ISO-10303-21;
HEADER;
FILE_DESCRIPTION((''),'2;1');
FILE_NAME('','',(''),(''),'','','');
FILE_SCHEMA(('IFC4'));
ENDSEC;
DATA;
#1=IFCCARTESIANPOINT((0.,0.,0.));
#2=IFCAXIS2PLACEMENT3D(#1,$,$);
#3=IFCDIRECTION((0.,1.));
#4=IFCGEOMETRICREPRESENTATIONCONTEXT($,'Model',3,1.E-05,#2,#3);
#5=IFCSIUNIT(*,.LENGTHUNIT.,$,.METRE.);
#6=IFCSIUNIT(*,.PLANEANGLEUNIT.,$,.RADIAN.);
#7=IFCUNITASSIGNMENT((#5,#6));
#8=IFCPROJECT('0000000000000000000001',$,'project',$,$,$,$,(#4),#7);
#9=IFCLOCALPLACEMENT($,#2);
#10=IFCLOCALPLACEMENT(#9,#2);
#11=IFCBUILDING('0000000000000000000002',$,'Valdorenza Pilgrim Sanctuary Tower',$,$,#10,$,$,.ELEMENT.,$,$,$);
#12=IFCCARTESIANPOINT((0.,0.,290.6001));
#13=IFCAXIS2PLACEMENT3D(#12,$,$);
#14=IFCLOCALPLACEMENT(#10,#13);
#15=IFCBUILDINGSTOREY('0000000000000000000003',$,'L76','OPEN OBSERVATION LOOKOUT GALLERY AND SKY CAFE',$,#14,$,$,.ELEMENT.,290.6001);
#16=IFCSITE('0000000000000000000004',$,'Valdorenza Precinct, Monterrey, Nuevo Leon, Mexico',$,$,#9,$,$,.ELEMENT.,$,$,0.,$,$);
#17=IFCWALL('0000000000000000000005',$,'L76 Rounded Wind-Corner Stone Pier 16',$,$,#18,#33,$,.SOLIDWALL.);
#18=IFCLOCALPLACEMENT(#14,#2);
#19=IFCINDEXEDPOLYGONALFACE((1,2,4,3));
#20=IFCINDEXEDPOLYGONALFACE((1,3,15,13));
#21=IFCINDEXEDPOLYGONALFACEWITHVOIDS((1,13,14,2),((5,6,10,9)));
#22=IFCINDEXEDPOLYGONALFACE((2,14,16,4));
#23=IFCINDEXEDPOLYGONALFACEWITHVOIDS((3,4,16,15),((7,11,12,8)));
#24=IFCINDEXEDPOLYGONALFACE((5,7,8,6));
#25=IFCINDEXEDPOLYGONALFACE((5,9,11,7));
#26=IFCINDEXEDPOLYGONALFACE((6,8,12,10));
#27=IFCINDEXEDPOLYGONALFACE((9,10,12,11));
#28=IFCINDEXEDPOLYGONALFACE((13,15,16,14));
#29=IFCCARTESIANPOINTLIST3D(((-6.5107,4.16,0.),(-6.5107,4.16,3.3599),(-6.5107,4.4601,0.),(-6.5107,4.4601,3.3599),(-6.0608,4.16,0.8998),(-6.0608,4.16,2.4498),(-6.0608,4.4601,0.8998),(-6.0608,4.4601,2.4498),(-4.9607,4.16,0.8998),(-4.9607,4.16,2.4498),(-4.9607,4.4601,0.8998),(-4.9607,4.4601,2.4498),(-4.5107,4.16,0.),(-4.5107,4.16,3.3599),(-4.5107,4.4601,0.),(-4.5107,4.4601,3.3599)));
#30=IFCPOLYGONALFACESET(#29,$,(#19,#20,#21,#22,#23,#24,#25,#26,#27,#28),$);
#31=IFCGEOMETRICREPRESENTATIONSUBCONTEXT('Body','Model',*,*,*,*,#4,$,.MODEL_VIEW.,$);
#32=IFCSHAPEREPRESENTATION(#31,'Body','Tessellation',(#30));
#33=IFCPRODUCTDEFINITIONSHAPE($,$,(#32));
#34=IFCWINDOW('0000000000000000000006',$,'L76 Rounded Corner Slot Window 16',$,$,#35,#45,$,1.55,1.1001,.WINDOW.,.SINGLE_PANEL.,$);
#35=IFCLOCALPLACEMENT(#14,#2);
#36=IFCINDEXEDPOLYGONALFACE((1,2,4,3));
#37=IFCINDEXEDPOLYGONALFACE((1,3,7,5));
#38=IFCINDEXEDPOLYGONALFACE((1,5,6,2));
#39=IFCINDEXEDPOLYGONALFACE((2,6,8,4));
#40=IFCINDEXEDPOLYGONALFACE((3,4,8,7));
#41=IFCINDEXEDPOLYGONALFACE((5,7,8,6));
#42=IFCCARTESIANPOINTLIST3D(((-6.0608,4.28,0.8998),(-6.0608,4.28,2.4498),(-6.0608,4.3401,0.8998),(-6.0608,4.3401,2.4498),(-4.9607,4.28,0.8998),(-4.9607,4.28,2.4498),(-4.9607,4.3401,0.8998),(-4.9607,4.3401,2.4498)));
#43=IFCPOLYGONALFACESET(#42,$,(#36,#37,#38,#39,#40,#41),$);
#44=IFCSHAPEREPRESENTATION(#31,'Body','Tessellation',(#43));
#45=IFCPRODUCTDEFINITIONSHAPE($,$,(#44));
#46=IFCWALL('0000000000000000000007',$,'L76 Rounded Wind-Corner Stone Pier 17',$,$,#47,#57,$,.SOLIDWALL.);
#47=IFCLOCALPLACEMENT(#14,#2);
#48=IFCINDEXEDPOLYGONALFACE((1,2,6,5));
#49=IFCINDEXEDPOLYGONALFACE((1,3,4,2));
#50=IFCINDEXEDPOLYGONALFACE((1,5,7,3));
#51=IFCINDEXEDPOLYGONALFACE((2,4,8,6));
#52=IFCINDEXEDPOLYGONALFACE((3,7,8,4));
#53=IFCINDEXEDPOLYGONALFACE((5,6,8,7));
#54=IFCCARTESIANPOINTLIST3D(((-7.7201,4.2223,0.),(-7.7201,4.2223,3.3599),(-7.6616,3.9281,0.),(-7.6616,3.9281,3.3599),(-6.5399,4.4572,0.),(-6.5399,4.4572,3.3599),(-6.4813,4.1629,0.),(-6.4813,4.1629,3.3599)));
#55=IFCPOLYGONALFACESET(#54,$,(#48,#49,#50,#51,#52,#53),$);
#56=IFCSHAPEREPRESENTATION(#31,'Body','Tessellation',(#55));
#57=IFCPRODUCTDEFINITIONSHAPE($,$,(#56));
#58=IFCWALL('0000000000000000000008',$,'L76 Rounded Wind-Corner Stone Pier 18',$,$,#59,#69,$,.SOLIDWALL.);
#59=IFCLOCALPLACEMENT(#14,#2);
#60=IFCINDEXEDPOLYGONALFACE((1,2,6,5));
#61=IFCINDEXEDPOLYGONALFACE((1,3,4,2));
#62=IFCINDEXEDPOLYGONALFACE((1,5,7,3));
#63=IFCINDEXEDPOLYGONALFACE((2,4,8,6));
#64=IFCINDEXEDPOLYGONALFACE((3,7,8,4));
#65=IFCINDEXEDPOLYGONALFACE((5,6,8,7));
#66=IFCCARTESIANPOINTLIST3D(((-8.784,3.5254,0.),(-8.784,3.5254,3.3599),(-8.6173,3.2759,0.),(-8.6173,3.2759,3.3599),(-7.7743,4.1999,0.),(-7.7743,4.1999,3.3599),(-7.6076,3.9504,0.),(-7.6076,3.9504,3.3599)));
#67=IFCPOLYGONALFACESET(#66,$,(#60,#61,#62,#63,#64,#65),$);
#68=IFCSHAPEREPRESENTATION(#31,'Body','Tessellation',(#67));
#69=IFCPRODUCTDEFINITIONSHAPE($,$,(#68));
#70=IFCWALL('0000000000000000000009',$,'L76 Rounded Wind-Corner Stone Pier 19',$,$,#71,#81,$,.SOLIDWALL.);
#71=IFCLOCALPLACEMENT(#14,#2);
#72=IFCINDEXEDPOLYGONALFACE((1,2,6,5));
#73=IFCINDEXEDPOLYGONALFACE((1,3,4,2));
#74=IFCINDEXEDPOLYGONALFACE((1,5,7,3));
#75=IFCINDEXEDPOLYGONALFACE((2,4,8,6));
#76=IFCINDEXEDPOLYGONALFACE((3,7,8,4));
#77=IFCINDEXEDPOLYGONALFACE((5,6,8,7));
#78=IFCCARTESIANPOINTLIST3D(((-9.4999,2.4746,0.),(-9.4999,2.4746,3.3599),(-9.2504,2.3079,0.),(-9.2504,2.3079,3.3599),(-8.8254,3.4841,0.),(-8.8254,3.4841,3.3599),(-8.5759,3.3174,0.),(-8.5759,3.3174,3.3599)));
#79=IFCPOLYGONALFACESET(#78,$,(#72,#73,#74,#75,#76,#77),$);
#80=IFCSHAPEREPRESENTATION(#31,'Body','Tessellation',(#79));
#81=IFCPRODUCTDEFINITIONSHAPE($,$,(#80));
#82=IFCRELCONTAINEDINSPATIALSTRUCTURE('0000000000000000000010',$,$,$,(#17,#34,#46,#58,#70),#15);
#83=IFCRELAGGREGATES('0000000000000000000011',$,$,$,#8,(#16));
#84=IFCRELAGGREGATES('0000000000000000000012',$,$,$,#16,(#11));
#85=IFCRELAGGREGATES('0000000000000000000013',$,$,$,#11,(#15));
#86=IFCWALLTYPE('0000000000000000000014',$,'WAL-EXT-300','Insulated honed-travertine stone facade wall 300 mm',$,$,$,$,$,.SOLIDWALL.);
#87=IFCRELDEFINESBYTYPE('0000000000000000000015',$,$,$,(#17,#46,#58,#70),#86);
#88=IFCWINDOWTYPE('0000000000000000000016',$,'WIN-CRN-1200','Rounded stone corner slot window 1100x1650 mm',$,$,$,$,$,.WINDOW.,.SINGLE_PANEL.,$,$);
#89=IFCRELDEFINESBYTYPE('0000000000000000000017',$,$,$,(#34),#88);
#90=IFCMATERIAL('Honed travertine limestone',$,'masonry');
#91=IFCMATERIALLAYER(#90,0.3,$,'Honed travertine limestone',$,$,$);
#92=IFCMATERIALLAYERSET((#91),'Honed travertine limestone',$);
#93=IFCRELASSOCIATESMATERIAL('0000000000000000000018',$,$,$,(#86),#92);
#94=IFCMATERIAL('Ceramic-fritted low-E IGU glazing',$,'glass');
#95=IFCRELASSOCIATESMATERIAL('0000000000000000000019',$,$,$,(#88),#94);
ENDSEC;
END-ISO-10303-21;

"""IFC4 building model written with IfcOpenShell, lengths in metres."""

from ifc_helpers import new_model, si_unit, direction, frame, frame_2d, origin, place, context, subcontext, project, spatial, rectangle, extrude, material, layer, layer_set, type_object, element, fill, save


model = new_model("IFC4")

# Units and contexts
model_context = context("Model", 3, precision=1e-05, world=origin(), true_north=direction((0.0, 1.0)))
body_context = subcontext(model_context, "Body", "Model", "MODEL_VIEW")
ifc_project = project(units=[si_unit("LENGTHUNIT", "METRE"), si_unit("PLANEANGLEUNIT", "RADIAN")], contexts=[model_context])

# Site, building, storey
site_placement = place(None, origin())
site = spatial("IfcSite", under=ifc_project, at=site_placement, Name="Valdorenza Precinct, Monterrey, Nuevo Leon, Mexico", CompositionType="ELEMENT", RefElevation=0.0)
building_placement = place(site_placement, origin())
building = spatial("IfcBuilding", under=site, at=building_placement, Name="Valdorenza Pilgrim Sanctuary Tower", CompositionType="ELEMENT")
storey_placement = place(building_placement, frame((0.0, 0.0, 290.6001)))
storey = spatial("IfcBuildingStorey", under=building, at=storey_placement, Name="L76", Description="OPEN OBSERVATION LOOKOUT GALLERY AND SKY CAFE", CompositionType="ELEMENT", Elevation=290.6001)

# Shared definitions
ifc_material_1 = material(Name="Honed travertine limestone", Category="masonry")
ifc_material_2 = material(Name="Ceramic-fritted low-E IGU glazing", Category="glass")

# Shared definitions
ifc_layer_1 = layer(ifc_material_1, 0.3, Name="Honed travertine limestone")
ifc_layer_set_1 = layer_set([ifc_layer_1], Name="Honed travertine limestone")
wall_type = type_object("IfcWallType", Name="WAL-EXT-300", Description="Insulated honed-travertine stone facade wall 300 mm", PredefinedType="SOLIDWALL", material=ifc_layer_set_1)

# Wall, opening, window
wall_1_placement = place(storey_placement, frame((-4.5107, 4.3101, 0.0), z_axis=(0.0, 0.0, 1.0), x_axis=(-1.0, 0.0, 0.0)))
wall_1 = element("IfcWall", 1, at=wall_1_placement, inside=storey, type_object=wall_type, Name="L76 Rounded Wind-Corner Stone Pier 16", PredefinedType="SOLIDWALL", context=body_context, shape_type="SweptSolid", body=[
    extrude(rectangle(XDim=2.0, YDim=0.3, at=frame_2d((1.0, 0.0))), origin(), (0.0, 0.0, 1.0), 3.3599),
])
opening_placement = place(wall_1_placement, frame((0.45, 0.0, 0.8999)))
opening = element("IfcOpeningElement", 2, at=opening_placement, cuts=wall_1, PredefinedType="OPENING", context=body_context, shape_type="SweptSolid", body=[
    extrude(rectangle(XDim=1.1001, YDim=1.55, at=frame_2d((0.55, 0.7749))), frame((0.0, 0.165, 0.0), z_axis=(0.0, -1.0, 0.0), x_axis=(1.0, 0.0, 0.0)), (0.0, 0.0, 1.0), 0.3298),
])
window_type = type_object("IfcWindowType", Name="WIN-CRN-1200", Description="Rounded stone corner slot window 1100x1650 mm", PartitioningType="SINGLE_PANEL", PredefinedType="WINDOW", material=ifc_material_2)
window_placement = place(opening_placement, origin())
window = element("IfcWindow", 3, at=window_placement, inside=storey, type_object=window_type, Name="L76 Rounded Corner Slot Window 16", OverallHeight=1.55, OverallWidth=1.1001, PartitioningType="SINGLE_PANEL", PredefinedType="WINDOW", context=body_context, shape_type="SweptSolid", body=[
    extrude(rectangle(XDim=1.1001, YDim=1.55, at=frame_2d((0.55, 0.7749))), frame((0.0, 0.03, 0.0), z_axis=(0.0, -1.0, 0.0), x_axis=(1.0, 0.0, 0.0)), (0.0, 0.0, 1.0), 0.0601),
])
fill(opening, window)

# Walls
wall_2_placement = place(storey_placement, frame((-6.5107, 4.3101, 0.0), z_axis=(0.0, 0.0, 1.0), x_axis=(-0.980768, -0.19518, 0.0)))
element("IfcWall", 4, at=wall_2_placement, inside=storey, type_object=wall_type, Name="L76 Rounded Wind-Corner Stone Pier 17", PredefinedType="SOLIDWALL", context=body_context, shape_type="SweptSolid", body=[
    extrude(rectangle(XDim=1.2034, YDim=0.3, at=frame_2d((0.6016, 0.0))), origin(), (0.0, 0.0, 1.0), 3.3599),
])
wall_3_placement = place(storey_placement, frame((-7.6909, 4.0752, 0.0), z_axis=(0.0, 0.0, 1.0), x_axis=(-0.831524, -0.555489, 0.0)))
element("IfcWall", 5, at=wall_3_placement, inside=storey, type_object=wall_type, Name="L76 Rounded Wind-Corner Stone Pier 18", PredefinedType="SOLIDWALL", context=body_context, shape_type="SweptSolid", body=[
    extrude(rectangle(XDim=1.2144, YDim=0.3, at=frame_2d((0.6072, 0.0))), origin(), (0.0, 0.0, 1.0), 3.3599),
])
wall_4_placement = place(storey_placement, frame((-8.7007, 3.4006, 0.0), z_axis=(0.0, 0.0, 1.0), x_axis=(-0.555582, -0.831462, 0.0)))
element("IfcWall", 6, at=wall_4_placement, inside=storey, type_object=wall_type, Name="L76 Rounded Wind-Corner Stone Pier 19", PredefinedType="SOLIDWALL", context=body_context, shape_type="SweptSolid", body=[
    extrude(rectangle(XDim=1.2141, YDim=0.3, at=frame_2d((0.6069, 0.0))), origin(), (0.0, 0.0, 1.0), 3.3599),
])

save(model, "model.ifc")
